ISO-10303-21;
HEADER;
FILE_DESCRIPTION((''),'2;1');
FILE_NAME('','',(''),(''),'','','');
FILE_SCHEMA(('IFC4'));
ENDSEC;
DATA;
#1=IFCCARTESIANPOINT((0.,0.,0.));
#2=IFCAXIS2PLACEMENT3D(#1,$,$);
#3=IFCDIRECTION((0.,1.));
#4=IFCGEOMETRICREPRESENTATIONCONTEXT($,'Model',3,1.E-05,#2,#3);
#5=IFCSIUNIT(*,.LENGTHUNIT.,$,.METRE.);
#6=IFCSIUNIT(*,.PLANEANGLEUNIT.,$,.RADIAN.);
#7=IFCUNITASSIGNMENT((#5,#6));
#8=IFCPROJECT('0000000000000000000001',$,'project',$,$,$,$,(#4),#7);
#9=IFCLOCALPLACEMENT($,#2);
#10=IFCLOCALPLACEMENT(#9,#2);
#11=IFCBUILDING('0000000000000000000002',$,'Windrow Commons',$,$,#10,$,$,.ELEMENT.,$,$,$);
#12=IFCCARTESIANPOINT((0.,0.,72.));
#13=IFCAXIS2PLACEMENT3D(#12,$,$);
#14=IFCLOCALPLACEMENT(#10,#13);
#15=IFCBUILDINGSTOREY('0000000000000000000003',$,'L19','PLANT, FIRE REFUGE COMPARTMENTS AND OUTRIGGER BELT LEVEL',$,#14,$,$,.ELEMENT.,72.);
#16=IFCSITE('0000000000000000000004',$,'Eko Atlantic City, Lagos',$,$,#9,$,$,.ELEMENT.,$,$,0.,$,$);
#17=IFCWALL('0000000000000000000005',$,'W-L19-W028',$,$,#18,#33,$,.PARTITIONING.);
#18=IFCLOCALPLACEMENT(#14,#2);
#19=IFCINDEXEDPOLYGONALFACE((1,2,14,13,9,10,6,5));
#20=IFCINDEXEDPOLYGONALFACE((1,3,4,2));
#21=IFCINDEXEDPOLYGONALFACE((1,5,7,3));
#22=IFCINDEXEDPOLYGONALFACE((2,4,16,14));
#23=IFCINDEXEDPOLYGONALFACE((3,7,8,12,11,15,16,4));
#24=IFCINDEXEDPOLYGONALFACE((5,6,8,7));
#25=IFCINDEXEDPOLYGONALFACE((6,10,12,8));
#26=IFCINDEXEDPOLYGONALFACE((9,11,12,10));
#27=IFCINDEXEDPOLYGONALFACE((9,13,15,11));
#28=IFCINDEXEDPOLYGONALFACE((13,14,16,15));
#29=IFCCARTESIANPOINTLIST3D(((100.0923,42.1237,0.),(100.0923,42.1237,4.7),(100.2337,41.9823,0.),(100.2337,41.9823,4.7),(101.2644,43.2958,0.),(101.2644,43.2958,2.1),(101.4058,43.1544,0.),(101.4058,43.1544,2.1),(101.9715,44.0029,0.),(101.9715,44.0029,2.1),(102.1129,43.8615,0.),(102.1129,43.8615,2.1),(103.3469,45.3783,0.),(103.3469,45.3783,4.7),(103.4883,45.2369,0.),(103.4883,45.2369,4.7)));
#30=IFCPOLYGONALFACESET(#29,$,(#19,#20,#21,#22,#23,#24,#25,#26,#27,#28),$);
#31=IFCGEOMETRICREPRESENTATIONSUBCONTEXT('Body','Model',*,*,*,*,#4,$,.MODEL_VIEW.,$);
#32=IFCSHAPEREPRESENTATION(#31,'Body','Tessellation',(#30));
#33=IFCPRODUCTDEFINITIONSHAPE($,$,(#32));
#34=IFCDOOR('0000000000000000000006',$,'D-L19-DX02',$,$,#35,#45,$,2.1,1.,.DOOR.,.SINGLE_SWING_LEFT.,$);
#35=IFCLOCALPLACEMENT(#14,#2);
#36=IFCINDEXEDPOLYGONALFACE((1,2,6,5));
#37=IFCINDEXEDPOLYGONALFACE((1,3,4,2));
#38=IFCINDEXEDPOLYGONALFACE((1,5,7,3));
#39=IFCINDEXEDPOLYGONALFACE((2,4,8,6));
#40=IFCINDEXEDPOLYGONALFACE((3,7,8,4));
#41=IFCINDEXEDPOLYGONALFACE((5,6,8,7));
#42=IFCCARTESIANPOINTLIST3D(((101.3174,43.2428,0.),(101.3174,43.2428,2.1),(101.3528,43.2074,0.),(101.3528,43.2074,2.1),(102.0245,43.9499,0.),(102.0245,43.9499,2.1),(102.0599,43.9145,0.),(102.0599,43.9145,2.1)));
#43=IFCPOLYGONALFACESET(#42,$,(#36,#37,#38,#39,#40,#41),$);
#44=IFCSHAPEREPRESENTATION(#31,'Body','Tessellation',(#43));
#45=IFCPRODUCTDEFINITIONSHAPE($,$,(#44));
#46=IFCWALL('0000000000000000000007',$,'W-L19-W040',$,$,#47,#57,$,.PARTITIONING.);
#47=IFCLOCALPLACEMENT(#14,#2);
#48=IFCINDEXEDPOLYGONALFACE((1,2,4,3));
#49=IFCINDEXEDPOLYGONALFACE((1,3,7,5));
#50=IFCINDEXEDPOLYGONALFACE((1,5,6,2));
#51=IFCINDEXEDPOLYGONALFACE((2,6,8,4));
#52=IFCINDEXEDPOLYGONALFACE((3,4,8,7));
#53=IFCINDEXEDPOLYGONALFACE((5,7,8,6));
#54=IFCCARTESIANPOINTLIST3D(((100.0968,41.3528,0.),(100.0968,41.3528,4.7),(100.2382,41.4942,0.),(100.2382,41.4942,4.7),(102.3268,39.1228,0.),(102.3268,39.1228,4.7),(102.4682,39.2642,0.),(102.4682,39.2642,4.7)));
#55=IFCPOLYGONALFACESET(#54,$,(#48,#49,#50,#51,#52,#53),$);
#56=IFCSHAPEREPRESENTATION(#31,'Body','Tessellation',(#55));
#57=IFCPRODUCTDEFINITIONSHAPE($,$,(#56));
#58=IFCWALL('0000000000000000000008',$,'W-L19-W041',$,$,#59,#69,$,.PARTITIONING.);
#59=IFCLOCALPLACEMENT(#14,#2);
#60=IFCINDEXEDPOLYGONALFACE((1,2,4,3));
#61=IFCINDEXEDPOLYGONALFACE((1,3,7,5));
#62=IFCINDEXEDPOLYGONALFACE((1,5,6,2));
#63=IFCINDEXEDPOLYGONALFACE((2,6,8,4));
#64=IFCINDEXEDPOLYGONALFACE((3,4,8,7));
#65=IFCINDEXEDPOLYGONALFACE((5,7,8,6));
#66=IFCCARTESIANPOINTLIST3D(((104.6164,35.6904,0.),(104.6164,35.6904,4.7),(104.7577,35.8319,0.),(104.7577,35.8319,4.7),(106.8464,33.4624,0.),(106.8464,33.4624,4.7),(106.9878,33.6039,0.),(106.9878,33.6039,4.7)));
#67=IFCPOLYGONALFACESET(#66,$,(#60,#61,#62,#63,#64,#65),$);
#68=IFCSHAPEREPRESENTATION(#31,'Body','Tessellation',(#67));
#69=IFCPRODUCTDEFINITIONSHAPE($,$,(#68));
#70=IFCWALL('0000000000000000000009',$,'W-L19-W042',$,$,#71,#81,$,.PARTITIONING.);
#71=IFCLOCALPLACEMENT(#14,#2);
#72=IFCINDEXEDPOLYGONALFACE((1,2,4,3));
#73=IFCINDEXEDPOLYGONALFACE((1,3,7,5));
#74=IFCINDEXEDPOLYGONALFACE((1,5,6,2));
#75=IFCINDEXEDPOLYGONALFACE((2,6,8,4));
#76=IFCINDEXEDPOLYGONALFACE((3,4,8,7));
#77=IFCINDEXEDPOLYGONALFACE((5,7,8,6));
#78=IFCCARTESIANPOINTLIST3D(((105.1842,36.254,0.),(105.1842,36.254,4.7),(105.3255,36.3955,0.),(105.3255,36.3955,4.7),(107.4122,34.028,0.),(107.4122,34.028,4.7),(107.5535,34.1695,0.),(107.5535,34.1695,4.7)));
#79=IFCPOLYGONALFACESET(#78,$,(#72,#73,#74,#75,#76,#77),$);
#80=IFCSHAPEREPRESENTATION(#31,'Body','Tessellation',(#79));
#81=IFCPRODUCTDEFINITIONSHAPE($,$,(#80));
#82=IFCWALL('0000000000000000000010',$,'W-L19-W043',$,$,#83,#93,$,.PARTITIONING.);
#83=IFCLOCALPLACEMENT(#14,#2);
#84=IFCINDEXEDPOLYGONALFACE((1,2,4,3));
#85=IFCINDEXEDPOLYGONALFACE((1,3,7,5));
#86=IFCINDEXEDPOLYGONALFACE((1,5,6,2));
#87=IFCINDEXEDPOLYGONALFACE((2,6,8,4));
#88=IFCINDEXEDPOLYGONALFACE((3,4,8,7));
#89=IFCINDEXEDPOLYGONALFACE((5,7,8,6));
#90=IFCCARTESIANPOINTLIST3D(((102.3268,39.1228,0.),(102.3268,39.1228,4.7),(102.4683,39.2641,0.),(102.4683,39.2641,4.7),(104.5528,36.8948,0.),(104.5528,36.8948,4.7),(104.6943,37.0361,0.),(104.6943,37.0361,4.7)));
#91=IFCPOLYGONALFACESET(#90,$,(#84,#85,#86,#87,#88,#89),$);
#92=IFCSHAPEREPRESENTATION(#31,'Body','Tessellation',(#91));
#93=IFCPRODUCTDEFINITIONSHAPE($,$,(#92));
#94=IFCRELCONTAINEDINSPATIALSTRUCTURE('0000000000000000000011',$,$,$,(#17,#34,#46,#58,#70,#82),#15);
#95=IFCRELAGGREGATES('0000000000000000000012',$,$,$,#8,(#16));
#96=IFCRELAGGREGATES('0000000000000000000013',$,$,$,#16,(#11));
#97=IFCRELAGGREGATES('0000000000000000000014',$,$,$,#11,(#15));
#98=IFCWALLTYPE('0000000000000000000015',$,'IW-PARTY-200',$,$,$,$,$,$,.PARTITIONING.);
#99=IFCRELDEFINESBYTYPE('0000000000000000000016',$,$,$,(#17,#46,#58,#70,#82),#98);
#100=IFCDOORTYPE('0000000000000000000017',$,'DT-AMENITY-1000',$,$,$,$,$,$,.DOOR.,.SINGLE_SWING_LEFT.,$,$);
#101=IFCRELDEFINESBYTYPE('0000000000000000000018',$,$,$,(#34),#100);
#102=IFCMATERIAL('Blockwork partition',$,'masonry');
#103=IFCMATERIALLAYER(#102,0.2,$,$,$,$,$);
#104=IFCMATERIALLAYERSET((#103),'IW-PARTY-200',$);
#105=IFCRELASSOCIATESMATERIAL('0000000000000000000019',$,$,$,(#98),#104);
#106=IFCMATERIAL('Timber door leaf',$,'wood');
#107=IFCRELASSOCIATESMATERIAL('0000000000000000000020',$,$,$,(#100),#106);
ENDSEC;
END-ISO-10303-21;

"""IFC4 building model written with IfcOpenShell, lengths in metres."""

from ifc_helpers import new_model, si_unit, direction, frame, frame_2d, origin, place, context, subcontext, project, spatial, rectangle, extrude, material, layer, layer_set, type_object, element, fill, save


model = new_model("IFC4")

# Units and contexts
model_context = context("Model", 3, precision=1e-05, world=origin(), true_north=direction((0.0, 1.0)))
body_context = subcontext(model_context, "Body", "Model", "MODEL_VIEW")
ifc_project = project(units=[si_unit("LENGTHUNIT", "METRE"), si_unit("PLANEANGLEUNIT", "RADIAN")], contexts=[model_context])

# Site, building, storey
site_placement = place(None, origin())
site = spatial("IfcSite", under=ifc_project, at=site_placement, Name="Eko Atlantic City, Lagos", CompositionType="ELEMENT", RefElevation=0.0)
building_placement = place(site_placement, origin())
building = spatial("IfcBuilding", under=site, at=building_placement, Name="Windrow Commons", CompositionType="ELEMENT")
storey_placement = place(building_placement, frame((0.0, 0.0, 72.0)))
storey = spatial("IfcBuildingStorey", under=building, at=storey_placement, Name="L19", Description="PLANT, FIRE REFUGE COMPARTMENTS AND OUTRIGGER BELT LEVEL", CompositionType="ELEMENT", Elevation=72.0)

# Wall, opening, door
ifc_material_1 = material(Name="Blockwork partition", Category="masonry")
ifc_layer_1 = layer(ifc_material_1, 0.2)
ifc_layer_set_1 = layer_set([ifc_layer_1], Name="IW-PARTY-200")
wall_type_1 = type_object("IfcWallType", Name="IW-PARTY-200", PredefinedType="PARTITIONING", material=ifc_layer_set_1)
wall_1_placement = place(storey_placement, frame((100.163, 42.053, 0.0), z_axis=(0.0, 0.0, 1.0), x_axis=(0.707107, 0.707107, 0.0)))
wall_1 = element("IfcWall", 1, at=wall_1_placement, inside=storey, type_object=wall_type_1, Name="W-L19-W028", PredefinedType="PARTITIONING", context=body_context, shape_type="SweptSolid", body=[
    extrude(rectangle(XDim=4.6027, YDim=0.2, at=frame_2d((2.3013, 0.0))), origin(), (0.0, 0.0, 1.0), 4.7),
])
opening_placement = place(wall_1_placement, frame((1.6576, 0.0, 0.0)))
opening = element("IfcOpeningElement", 2, at=opening_placement, cuts=wall_1, PredefinedType="OPENING", context=body_context, shape_type="SweptSolid", body=[
    extrude(rectangle(XDim=1.0, YDim=2.1, at=frame_2d((0.5, 1.05))), frame((0.0, 0.11, 0.0), z_axis=(0.0, -1.0, 0.0), x_axis=(1.0, 0.0, 0.0)), (0.0, 0.0, 1.0), 0.22),
])
ifc_material_2 = material(Name="Timber door leaf", Category="wood")
door_type = type_object("IfcDoorType", Name="DT-AMENITY-1000", OperationType="SINGLE_SWING_LEFT", PredefinedType="DOOR", material=ifc_material_2)
door_placement = place(opening_placement, origin())
door = element("IfcDoor", 3, at=door_placement, inside=storey, type_object=door_type, Name="D-L19-DX02", OperationType="SINGLE_SWING_LEFT", OverallHeight=2.1, OverallWidth=1.0, PredefinedType="DOOR", context=body_context, shape_type="SweptSolid", body=[
    extrude(rectangle(XDim=1.0, YDim=2.1, at=frame_2d((0.5, 1.05))), frame((0.0, 0.025, 0.0), z_axis=(0.0, -1.0, 0.0), x_axis=(1.0, 0.0, 0.0)), (0.0, 0.0, 1.0), 0.05),
])
fill(opening, door)

# Walls
wall_2_placement = place(storey_placement, frame((100.1675, 41.4235, 0.0), z_axis=(0.0, 0.0, 1.0), x_axis=(0.707107, -0.707107, 0.0)))
element("IfcWall", 4, at=wall_2_placement, inside=storey, type_object=wall_type_1, Name="W-L19-W040", PredefinedType="PARTITIONING", context=body_context, shape_type="SweptSolid", body=[
    extrude(rectangle(XDim=3.1537, YDim=0.2, at=frame_2d((1.5769, 0.0))), origin(), (0.0, 0.0, 1.0), 4.7),
])
wall_3_placement = place(storey_placement, frame((104.6871, 35.7611, 0.0), z_axis=(0.0, 0.0, 1.0), x_axis=(0.707424, -0.706789, 0.0)))
element("IfcWall", 5, at=wall_3_placement, inside=storey, type_object=wall_type_1, Name="W-L19-W041", PredefinedType="PARTITIONING", context=body_context, shape_type="SweptSolid", body=[
    extrude(rectangle(XDim=3.1523, YDim=0.2, at=frame_2d((1.5761, 0.0))), origin(), (0.0, 0.0, 1.0), 4.7),
])
for number, where, z_axis, x_axis, name in (
    (6, (105.2548, 36.3248, 0.0), (0.0, 0.0, 1.0), (0.707424, -0.706789, 0.0), "W-L19-W042"),
    (7, (102.3975, 39.1935, 0.0), (0.0, 0.0, 1.0), (0.706789, -0.707424, 0.0), "W-L19-W043"),
):
    element("IfcWall", number, at=place(storey_placement, frame(where, z_axis=z_axis, x_axis=x_axis)), inside=storey, type_object=wall_type_1, Name=name, PredefinedType="PARTITIONING", context=body_context, shape_type="SweptSolid", body=[
        extrude(rectangle(XDim=3.1495, YDim=0.2, at=frame_2d((1.5748, 0.0))), origin(), (0.0, 0.0, 1.0), 4.7),
    ])

save(model, "model.ifc")
